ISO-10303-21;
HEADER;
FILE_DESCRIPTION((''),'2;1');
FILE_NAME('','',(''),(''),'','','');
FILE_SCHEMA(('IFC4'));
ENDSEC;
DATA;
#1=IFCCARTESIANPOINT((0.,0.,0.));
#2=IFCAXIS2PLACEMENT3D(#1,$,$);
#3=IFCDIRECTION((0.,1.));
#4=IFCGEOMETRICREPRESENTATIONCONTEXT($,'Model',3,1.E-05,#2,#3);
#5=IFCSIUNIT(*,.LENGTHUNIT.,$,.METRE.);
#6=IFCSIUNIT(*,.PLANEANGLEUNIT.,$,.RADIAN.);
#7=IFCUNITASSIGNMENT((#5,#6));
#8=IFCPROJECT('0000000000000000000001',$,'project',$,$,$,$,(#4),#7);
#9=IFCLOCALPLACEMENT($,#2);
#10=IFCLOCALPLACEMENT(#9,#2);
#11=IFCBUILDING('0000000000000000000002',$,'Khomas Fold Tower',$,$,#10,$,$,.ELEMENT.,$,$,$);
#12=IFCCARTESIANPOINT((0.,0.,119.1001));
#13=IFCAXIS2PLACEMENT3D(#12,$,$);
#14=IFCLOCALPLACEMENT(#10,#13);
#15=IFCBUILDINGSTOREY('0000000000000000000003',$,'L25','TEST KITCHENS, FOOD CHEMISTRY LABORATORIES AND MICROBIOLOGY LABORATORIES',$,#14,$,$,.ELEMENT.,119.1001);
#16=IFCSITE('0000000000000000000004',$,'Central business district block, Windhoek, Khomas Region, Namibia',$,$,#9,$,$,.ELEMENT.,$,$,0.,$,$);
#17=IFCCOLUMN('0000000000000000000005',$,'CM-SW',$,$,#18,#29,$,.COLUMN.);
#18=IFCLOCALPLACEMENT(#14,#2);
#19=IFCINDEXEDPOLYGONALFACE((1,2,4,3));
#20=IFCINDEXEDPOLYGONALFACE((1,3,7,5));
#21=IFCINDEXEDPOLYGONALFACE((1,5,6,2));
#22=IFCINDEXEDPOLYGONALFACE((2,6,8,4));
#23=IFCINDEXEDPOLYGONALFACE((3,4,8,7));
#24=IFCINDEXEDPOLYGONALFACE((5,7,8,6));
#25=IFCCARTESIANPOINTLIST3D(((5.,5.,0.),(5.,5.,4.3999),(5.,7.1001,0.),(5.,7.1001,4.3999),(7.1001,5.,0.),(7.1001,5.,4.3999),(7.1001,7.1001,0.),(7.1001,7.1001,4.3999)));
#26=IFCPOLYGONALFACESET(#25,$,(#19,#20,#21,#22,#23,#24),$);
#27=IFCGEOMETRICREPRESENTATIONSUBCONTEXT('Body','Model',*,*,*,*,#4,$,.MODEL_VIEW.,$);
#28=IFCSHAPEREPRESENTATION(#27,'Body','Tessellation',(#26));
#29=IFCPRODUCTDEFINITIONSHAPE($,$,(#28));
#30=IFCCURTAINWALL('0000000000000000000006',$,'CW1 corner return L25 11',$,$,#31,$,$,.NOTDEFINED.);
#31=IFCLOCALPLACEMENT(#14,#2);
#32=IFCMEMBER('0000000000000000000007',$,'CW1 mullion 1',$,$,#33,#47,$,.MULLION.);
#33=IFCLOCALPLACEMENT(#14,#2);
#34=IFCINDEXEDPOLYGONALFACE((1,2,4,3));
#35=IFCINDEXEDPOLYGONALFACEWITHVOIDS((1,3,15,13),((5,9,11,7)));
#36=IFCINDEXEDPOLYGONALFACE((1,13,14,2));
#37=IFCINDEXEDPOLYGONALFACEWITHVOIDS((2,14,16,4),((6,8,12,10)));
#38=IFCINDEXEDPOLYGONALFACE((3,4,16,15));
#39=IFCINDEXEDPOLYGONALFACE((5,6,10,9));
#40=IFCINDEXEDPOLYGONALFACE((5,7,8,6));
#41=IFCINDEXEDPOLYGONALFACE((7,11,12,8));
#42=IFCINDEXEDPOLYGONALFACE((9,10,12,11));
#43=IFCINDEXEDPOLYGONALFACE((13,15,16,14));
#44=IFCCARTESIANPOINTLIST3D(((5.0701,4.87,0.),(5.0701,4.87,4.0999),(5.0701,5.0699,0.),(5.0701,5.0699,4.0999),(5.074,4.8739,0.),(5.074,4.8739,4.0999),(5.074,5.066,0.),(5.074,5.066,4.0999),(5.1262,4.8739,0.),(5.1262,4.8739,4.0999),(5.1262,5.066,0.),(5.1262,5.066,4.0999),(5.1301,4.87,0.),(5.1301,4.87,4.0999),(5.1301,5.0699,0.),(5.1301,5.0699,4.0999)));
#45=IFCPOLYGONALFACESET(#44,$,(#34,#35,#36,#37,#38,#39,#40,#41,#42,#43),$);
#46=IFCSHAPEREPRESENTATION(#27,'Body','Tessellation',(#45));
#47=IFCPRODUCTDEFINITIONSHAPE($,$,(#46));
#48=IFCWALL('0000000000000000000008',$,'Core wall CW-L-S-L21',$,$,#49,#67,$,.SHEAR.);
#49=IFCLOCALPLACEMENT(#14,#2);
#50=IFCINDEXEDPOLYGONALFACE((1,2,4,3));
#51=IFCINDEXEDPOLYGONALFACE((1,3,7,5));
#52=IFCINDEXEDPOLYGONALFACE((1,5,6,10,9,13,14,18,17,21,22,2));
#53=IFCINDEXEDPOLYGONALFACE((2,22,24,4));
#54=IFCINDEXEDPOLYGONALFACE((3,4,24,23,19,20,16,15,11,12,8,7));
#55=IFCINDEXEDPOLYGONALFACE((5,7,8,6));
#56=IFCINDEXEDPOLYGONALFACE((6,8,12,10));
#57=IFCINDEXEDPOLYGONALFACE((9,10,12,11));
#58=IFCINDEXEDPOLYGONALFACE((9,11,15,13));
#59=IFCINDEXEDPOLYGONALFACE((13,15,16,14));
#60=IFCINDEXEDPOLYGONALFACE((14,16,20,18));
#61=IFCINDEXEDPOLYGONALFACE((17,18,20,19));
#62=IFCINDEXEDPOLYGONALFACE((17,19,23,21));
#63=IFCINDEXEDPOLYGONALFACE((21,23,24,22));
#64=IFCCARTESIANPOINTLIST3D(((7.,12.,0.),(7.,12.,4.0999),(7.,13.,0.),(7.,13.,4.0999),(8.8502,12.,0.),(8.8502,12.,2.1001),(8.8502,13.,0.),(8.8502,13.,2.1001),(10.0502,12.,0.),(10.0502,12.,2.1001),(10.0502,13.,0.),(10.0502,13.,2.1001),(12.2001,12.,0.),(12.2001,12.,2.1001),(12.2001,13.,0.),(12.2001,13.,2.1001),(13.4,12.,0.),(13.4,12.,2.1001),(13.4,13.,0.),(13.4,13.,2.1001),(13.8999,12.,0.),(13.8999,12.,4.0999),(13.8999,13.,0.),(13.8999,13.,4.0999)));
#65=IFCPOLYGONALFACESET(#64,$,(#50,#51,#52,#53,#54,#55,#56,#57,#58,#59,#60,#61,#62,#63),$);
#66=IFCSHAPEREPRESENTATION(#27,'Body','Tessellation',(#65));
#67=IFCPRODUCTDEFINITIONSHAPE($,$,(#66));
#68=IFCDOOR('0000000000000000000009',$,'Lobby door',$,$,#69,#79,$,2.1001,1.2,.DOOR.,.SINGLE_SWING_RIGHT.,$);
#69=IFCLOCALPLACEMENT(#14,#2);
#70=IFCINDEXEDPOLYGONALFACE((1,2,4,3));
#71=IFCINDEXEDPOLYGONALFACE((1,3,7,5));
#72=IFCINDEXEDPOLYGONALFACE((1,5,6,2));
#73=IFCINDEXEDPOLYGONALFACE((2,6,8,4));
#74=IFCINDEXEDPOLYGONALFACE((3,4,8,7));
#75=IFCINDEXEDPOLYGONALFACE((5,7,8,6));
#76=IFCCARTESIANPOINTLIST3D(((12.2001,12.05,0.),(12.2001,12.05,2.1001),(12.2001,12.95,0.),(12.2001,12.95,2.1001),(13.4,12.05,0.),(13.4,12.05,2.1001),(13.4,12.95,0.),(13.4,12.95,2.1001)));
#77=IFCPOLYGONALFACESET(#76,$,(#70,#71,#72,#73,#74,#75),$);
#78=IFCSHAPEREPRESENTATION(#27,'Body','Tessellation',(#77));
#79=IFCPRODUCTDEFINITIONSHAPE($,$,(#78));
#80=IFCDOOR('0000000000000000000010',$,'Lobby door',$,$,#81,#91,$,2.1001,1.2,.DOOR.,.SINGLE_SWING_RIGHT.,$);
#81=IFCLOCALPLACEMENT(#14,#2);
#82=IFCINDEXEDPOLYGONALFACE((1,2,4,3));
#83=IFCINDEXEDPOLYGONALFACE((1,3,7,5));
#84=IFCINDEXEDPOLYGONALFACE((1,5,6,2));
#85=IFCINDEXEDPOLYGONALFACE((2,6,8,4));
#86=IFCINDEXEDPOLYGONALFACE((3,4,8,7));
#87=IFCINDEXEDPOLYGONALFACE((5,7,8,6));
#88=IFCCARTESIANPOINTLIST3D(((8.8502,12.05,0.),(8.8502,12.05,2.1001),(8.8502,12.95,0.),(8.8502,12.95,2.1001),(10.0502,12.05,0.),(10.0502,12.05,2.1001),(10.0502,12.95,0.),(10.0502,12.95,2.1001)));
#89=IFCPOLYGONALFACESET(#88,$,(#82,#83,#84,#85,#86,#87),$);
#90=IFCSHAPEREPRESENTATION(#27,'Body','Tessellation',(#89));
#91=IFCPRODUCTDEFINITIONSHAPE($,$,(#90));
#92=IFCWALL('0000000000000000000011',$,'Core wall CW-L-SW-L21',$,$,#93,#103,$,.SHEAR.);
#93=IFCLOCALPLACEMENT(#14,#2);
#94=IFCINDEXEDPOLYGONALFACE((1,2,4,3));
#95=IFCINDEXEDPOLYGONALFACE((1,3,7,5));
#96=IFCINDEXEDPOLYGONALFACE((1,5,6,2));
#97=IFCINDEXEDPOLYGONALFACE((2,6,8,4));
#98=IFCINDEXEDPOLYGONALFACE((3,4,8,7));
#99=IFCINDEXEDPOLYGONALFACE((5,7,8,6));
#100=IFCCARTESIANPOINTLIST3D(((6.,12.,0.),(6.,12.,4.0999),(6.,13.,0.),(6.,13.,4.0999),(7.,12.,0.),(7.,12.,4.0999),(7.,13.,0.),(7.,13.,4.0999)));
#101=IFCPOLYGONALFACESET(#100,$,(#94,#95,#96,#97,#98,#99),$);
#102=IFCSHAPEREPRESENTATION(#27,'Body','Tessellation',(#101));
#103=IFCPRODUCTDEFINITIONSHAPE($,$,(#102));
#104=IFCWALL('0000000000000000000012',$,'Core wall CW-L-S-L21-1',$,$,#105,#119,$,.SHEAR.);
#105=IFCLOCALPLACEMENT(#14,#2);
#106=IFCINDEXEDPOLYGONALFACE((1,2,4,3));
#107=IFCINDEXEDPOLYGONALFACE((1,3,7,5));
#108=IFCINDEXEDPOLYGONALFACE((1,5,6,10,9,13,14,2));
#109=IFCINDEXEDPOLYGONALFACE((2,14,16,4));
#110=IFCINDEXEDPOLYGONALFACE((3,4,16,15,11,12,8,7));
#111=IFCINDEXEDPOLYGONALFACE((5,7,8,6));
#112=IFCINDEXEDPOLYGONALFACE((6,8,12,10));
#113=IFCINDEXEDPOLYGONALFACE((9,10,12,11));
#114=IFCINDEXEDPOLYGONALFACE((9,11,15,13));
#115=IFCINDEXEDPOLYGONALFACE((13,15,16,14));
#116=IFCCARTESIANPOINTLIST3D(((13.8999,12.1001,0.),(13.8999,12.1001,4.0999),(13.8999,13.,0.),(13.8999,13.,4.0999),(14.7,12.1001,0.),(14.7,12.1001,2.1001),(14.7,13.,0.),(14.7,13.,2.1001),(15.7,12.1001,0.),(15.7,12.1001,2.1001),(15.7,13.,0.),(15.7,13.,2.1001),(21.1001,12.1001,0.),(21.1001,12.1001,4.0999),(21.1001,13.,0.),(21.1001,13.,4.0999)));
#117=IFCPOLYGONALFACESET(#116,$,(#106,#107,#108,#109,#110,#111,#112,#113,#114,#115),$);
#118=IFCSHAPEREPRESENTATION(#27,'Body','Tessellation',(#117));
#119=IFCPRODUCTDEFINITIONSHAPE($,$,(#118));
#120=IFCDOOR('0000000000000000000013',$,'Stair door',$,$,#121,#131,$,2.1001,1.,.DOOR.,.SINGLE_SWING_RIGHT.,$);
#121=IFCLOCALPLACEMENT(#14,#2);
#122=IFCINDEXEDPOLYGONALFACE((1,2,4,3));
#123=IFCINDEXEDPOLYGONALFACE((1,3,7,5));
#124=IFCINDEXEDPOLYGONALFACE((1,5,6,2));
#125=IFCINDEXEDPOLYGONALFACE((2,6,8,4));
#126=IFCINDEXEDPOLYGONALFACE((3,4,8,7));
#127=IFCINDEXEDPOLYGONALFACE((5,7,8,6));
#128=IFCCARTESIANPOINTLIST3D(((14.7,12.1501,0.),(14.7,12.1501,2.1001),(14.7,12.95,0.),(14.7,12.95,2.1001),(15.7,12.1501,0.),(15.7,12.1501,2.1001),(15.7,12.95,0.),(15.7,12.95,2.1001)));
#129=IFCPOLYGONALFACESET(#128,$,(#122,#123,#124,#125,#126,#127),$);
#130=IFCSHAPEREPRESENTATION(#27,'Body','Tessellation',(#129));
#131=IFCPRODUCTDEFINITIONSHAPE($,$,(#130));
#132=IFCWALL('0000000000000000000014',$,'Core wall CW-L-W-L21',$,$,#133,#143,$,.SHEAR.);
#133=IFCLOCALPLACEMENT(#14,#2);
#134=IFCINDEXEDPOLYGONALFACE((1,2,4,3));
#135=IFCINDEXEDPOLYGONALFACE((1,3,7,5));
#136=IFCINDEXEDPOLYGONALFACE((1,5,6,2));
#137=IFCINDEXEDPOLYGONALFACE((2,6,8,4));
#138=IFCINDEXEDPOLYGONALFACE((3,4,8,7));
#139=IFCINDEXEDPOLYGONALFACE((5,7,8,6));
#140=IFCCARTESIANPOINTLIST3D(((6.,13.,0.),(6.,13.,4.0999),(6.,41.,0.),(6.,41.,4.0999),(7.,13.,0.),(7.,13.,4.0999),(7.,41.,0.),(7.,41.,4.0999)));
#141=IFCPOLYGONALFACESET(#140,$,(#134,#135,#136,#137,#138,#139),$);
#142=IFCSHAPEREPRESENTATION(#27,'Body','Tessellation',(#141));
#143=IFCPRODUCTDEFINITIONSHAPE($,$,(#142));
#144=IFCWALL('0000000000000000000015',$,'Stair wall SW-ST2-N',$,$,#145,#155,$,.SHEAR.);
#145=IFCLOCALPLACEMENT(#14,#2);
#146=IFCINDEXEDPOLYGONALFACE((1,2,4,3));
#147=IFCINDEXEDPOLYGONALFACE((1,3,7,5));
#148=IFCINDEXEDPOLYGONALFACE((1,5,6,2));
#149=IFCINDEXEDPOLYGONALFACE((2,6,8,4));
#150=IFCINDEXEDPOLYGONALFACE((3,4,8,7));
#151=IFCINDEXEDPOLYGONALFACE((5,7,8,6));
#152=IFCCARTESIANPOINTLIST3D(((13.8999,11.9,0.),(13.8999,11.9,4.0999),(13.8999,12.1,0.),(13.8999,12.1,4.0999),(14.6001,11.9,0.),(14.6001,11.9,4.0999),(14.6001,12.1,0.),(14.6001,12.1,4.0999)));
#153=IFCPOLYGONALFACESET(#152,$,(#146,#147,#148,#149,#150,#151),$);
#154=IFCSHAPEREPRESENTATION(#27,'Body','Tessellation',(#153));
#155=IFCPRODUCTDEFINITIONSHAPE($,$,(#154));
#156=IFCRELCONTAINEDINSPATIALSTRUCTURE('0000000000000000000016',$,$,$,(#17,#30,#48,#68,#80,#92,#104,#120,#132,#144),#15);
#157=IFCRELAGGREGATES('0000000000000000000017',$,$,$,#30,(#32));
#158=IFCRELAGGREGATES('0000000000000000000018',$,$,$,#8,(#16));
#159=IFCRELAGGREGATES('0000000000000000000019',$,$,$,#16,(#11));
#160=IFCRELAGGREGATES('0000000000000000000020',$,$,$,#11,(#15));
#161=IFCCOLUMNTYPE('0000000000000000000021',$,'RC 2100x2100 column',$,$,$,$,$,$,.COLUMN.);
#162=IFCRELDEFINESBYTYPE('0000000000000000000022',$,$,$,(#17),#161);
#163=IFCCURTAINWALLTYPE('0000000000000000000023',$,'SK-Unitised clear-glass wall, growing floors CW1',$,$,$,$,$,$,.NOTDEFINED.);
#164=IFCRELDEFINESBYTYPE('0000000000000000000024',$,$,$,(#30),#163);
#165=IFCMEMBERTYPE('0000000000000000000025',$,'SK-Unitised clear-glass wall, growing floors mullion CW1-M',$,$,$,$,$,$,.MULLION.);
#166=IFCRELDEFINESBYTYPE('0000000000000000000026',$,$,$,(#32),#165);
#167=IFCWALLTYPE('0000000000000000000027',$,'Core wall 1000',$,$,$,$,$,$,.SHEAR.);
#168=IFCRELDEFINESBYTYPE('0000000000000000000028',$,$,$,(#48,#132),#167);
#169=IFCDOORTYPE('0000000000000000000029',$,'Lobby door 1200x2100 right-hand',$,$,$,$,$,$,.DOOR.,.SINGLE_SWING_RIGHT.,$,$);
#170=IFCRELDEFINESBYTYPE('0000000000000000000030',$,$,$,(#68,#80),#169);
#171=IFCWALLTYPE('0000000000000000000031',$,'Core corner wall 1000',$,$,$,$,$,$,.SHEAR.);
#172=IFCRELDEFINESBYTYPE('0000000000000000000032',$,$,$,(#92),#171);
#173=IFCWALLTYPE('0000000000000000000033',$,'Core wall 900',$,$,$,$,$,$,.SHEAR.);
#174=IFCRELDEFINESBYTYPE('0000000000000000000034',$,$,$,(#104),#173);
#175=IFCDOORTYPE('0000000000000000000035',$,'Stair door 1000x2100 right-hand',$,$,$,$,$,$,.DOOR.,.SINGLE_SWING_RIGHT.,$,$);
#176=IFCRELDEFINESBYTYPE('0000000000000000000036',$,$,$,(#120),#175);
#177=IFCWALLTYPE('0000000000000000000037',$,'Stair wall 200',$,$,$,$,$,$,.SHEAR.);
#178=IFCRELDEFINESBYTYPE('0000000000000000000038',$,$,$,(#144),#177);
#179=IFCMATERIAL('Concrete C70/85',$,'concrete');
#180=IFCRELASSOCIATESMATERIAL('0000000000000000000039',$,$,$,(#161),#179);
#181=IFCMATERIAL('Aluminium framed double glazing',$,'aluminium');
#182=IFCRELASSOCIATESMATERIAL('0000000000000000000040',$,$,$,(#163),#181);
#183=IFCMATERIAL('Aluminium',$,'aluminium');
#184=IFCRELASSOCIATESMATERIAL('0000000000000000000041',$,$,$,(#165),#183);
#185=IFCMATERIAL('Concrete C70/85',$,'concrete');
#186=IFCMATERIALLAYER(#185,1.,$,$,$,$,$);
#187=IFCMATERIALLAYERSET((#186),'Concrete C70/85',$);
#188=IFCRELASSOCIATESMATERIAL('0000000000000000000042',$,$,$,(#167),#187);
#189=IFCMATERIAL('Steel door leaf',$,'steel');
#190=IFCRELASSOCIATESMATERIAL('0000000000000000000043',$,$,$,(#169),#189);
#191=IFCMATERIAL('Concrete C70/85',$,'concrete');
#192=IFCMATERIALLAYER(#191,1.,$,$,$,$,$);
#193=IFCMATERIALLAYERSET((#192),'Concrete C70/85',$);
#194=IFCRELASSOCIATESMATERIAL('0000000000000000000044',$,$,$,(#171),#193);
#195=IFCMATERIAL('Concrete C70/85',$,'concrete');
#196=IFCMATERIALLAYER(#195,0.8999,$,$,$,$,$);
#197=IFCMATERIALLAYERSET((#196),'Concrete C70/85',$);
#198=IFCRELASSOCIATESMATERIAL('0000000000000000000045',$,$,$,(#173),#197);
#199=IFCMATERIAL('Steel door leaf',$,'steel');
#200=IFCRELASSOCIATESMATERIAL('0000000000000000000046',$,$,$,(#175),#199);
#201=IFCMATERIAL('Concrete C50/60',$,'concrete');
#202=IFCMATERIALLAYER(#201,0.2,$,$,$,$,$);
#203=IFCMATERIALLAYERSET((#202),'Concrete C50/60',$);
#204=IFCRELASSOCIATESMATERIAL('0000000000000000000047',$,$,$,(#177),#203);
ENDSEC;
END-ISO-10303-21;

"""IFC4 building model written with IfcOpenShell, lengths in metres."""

from ifc_helpers import new_model, si_unit, direction, frame, frame_2d, origin, origin_2d, place, context, subcontext, project, spatial, rectangle, hollow_rectangle, extrude, source, transform, mapped, material, layer, layer_set, material_profile, profile_set, type_object, element, fill, aggregate, save


model = new_model("IFC4")

# Units and contexts
model_context = context("Model", 3, precision=1e-05, world=origin(), true_north=direction((0.0, 1.0)))
body_context = subcontext(model_context, "Body", "Model", "MODEL_VIEW")
ifc_project = project(units=[si_unit("LENGTHUNIT", "METRE"), si_unit("PLANEANGLEUNIT", "RADIAN")], contexts=[model_context])

# Site, building, storey
site_placement = place(None, origin())
site = spatial("IfcSite", under=ifc_project, at=site_placement, Name="Central business district block, Windhoek, Khomas Region, Namibia", CompositionType="ELEMENT", RefElevation=0.0)
building_placement = place(site_placement, origin())
building = spatial("IfcBuilding", under=site, at=building_placement, Name="Khomas Fold Tower", CompositionType="ELEMENT")
storey_placement = place(building_placement, frame((0.0, 0.0, 119.1001)))
storey = spatial("IfcBuildingStorey", under=building, at=storey_placement, Name="L25", Description="TEST KITCHENS, FOOD CHEMISTRY LABORATORIES AND MICROBIOLOGY LABORATORIES", CompositionType="ELEMENT", Elevation=119.1001)

# Column
ifc_material_1 = material(Name="Concrete C70/85", Category="concrete")
ifc_material_profile_1 = material_profile(ifc_material_1, rectangle(XDim=2.1001, YDim=2.1001, at=origin_2d()), Name="RC 2100x2100")
ifc_profile_set_1 = profile_set([ifc_material_profile_1], Name="Concrete C70/85")
column_type = type_object("IfcColumnType", Name="RC 2100x2100 column", PredefinedType="COLUMN", material=ifc_profile_set_1)
shared_shape_1 = source(origin(), body_context, "Body", "SweptSolid", [
    extrude(rectangle(XDim=2.1001, YDim=2.1001, at=origin_2d()), origin(), (0.0, 0.0, 1.0), 4.3999),
])
column_placement = place(storey_placement, frame((6.05, 6.05, 0.0), z_axis=(0.0, 0.0, 1.0), x_axis=(1.0, 0.0, 0.0)))
element("IfcColumn", 1, at=column_placement, inside=storey, type_object=column_type, Name="CM-SW", PredefinedType="COLUMN", context=body_context, shape_type="MappedRepresentation", body=[
    mapped(shared_shape_1, transform((0.0, 0.0, 0.0))),
])

# Curtain wall, member
ifc_material_2 = material(Name="Aluminium framed double glazing", Category="aluminium")
curtain_wall_type = type_object("IfcCurtainWallType", Name="SK-Unitised clear-glass wall, growing floors CW1", PredefinedType="NOTDEFINED", material=ifc_material_2)
curtain_wall_placement = place(storey_placement, origin())
curtain_wall = element("IfcCurtainWall", 2, at=curtain_wall_placement, inside=storey, type_object=curtain_wall_type, Name="CW1 corner return L25 11", PredefinedType="NOTDEFINED")
ifc_material_3 = material(Name="Aluminium", Category="aluminium")
ifc_material_profile_2 = material_profile(ifc_material_3, hollow_rectangle(XDim=0.0601, YDim=0.2, WallThickness=0.0039, at=origin_2d()), Name="SK-Unitised clear-glass wall, growing floors mullion CW1-M")
ifc_profile_set_2 = profile_set([ifc_material_profile_2], Name="Aluminium")
member_type = type_object("IfcMemberType", Name="SK-Unitised clear-glass wall, growing floors mullion CW1-M", PredefinedType="MULLION", material=ifc_profile_set_2)
shared_shape_2 = source(origin(), body_context, "Body", "SweptSolid", [
    extrude(hollow_rectangle(XDim=0.0601, YDim=0.2, WallThickness=0.0039, at=origin_2d()), origin(), (0.0, 0.0, 1.0), 4.0999),
])
member_placement = place(storey_placement, frame((5.1001, 4.97, 0.0), z_axis=(0.0, 0.0, 1.0), x_axis=(1.0, 0.0, 0.0)))
member = element("IfcMember", 3, at=member_placement, type_object=member_type, Name="CW1 mullion 1", PredefinedType="MULLION", context=body_context, shape_type="MappedRepresentation", body=[
    mapped(shared_shape_2, transform((0.0, 0.0, 0.0))),
])
aggregate(curtain_wall, [member])

# Wall, openings, doors
ifc_material_4 = material(Name="Concrete C70/85", Category="concrete")
ifc_layer_1 = layer(ifc_material_4, 1.0)
ifc_layer_set_1 = layer_set([ifc_layer_1], Name="Concrete C70/85")
wall_type_1 = type_object("IfcWallType", Name="Core wall 1000", PredefinedType="SHEAR", material=ifc_layer_set_1)
shared_shape_3 = source(origin(), body_context, "Body", "SweptSolid", [
    extrude(rectangle(XDim=6.8999, YDim=1.0, at=frame_2d((3.45, 0.0))), origin(), (0.0, 0.0, 1.0), 4.0999),
])
wall_1_placement = place(storey_placement, frame((7.0, 12.5, 0.0), z_axis=(0.0, 0.0, 1.0), x_axis=(1.0, 0.0, 0.0)))
wall_1 = element("IfcWall", 4, at=wall_1_placement, inside=storey, type_object=wall_type_1, Name="Core wall CW-L-S-L21", PredefinedType="SHEAR", context=body_context, shape_type="MappedRepresentation", body=[
    mapped(shared_shape_3, transform((0.0, 0.0, 0.0))),
])
shared_shape_4 = source(origin(), body_context, "Body", "SweptSolid", [
    extrude(rectangle(XDim=1.2, YDim=2.1001, at=frame_2d((0.6001, 1.05))), frame((0.0, 0.51, 0.0), z_axis=(0.0, -1.0, 0.0), x_axis=(1.0, 0.0, 0.0)), (0.0, 0.0, 1.0), 1.02),
])
opening_1_placement = place(wall_1_placement, frame((5.2, 0.0, 0.0)))
opening_1 = element("IfcOpeningElement", 5, at=opening_1_placement, cuts=wall_1, PredefinedType="OPENING", context=body_context, shape_type="MappedRepresentation", body=[
    mapped(shared_shape_4, transform((0.0, 0.0, 0.0))),
])
opening_2_placement = place(wall_1_placement, frame((1.8501, 0.0, 0.0)))
opening_2 = element("IfcOpeningElement", 6, at=opening_2_placement, cuts=wall_1, PredefinedType="OPENING", context=body_context, shape_type="MappedRepresentation", body=[
    mapped(shared_shape_4, transform((0.0, 0.0, 0.0))),
])
ifc_material_5 = material(Name="Steel door leaf", Category="steel")
door_type_1 = type_object("IfcDoorType", Name="Lobby door 1200x2100 right-hand", OperationType="SINGLE_SWING_RIGHT", PredefinedType="DOOR", material=ifc_material_5)
shared_shape_5 = source(origin(), body_context, "Body", "SweptSolid", [
    extrude(rectangle(XDim=1.2, YDim=2.1001, at=frame_2d((0.6001, 1.05))), frame((0.0, 0.45, 0.0), z_axis=(0.0, -1.0, 0.0), x_axis=(1.0, 0.0, 0.0)), (0.0, 0.0, 1.0), 0.8999),
])
door_1_placement = place(opening_1_placement, origin())
door_1 = element("IfcDoor", 7, at=door_1_placement, inside=storey, type_object=door_type_1, Name="Lobby door", OperationType="SINGLE_SWING_RIGHT", OverallHeight=2.1001, OverallWidth=1.2, PredefinedType="DOOR", context=body_context, shape_type="MappedRepresentation", body=[
    mapped(shared_shape_5, transform((0.0, 0.0, 0.0))),
])
fill(opening_1, door_1)
door_2_placement = place(opening_2_placement, origin())
door_2 = element("IfcDoor", 8, at=door_2_placement, inside=storey, type_object=door_type_1, Name="Lobby door", OperationType="SINGLE_SWING_RIGHT", OverallHeight=2.1001, OverallWidth=1.2, PredefinedType="DOOR", context=body_context, shape_type="MappedRepresentation", body=[
    mapped(shared_shape_5, transform((0.0, 0.0, 0.0))),
])
fill(opening_2, door_2)

# Wall
ifc_material_6 = material(Name="Concrete C70/85", Category="concrete")
ifc_layer_2 = layer(ifc_material_6, 1.0)
ifc_layer_set_2 = layer_set([ifc_layer_2], Name="Concrete C70/85")
wall_type_2 = type_object("IfcWallType", Name="Core corner wall 1000", PredefinedType="SHEAR", material=ifc_layer_set_2)
shared_shape_6 = source(origin(), body_context, "Body", "SweptSolid", [
    extrude(rectangle(XDim=1.0, YDim=1.0, at=frame_2d((0.5, 0.0))), origin(), (0.0, 0.0, 1.0), 4.0999),
])
wall_2_placement = place(storey_placement, frame((6.0, 12.5, 0.0), z_axis=(0.0, 0.0, 1.0), x_axis=(1.0, 0.0, 0.0)))
element("IfcWall", 9, at=wall_2_placement, inside=storey, type_object=wall_type_2, Name="Core wall CW-L-SW-L21", PredefinedType="SHEAR", context=body_context, shape_type="MappedRepresentation", body=[
    mapped(shared_shape_6, transform((0.0, 0.0, 0.0))),
])

# Wall, opening, door
ifc_material_7 = material(Name="Concrete C70/85", Category="concrete")
ifc_layer_3 = layer(ifc_material_7, 0.8999)
ifc_layer_set_3 = layer_set([ifc_layer_3], Name="Concrete C70/85")
wall_type_3 = type_object("IfcWallType", Name="Core wall 900", PredefinedType="SHEAR", material=ifc_layer_set_3)
shared_shape_7 = source(origin(), body_context, "Body", "SweptSolid", [
    extrude(rectangle(XDim=7.2002, YDim=0.8999, at=frame_2d((3.6001, 0.0))), origin(), (0.0, 0.0, 1.0), 4.0999),
])
wall_3_placement = place(storey_placement, frame((13.8999, 12.55, 0.0), z_axis=(0.0, 0.0, 1.0), x_axis=(1.0, 0.0, 0.0)))
wall_3 = element("IfcWall", 10, at=wall_3_placement, inside=storey, type_object=wall_type_3, Name="Core wall CW-L-S-L21-1", PredefinedType="SHEAR", context=body_context, shape_type="MappedRepresentation", body=[
    mapped(shared_shape_7, transform((0.0, 0.0, 0.0))),
])
shared_shape_8 = source(origin(), body_context, "Body", "SweptSolid", [
    extrude(rectangle(XDim=1.0, YDim=2.1001, at=frame_2d((0.5, 1.05))), frame((0.0, 0.46, 0.0), z_axis=(0.0, -1.0, 0.0), x_axis=(1.0, 0.0, 0.0)), (0.0, 0.0, 1.0), 0.9199),
])
opening_3_placement = place(wall_3_placement, frame((0.8, 0.0, 0.0)))
opening_3 = element("IfcOpeningElement", 11, at=opening_3_placement, cuts=wall_3, PredefinedType="OPENING", context=body_context, shape_type="MappedRepresentation", body=[
    mapped(shared_shape_8, transform((0.0, 0.0, 0.0))),
])
ifc_material_8 = material(Name="Steel door leaf", Category="steel")
door_type_2 = type_object("IfcDoorType", Name="Stair door 1000x2100 right-hand", OperationType="SINGLE_SWING_RIGHT", PredefinedType="DOOR", material=ifc_material_8)
shared_shape_9 = source(origin(), body_context, "Body", "SweptSolid", [
    extrude(rectangle(XDim=1.0, YDim=2.1001, at=frame_2d((0.5, 1.05))), frame((0.0, 0.3999, 0.0), z_axis=(0.0, -1.0, 0.0), x_axis=(1.0, 0.0, 0.0)), (0.0, 0.0, 1.0), 0.7998),
])
door_3_placement = place(opening_3_placement, origin())
door_3 = element("IfcDoor", 12, at=door_3_placement, inside=storey, type_object=door_type_2, Name="Stair door", OperationType="SINGLE_SWING_RIGHT", OverallHeight=2.1001, OverallWidth=1.0, PredefinedType="DOOR", context=body_context, shape_type="MappedRepresentation", body=[
    mapped(shared_shape_9, transform((0.0, 0.0, 0.0))),
])
fill(opening_3, door_3)

# Walls
shared_shape_10 = source(origin(), body_context, "Body", "SweptSolid", [
    extrude(rectangle(XDim=28.0, YDim=1.0, at=frame_2d((14.0, 0.0))), origin(), (0.0, 0.0, 1.0), 4.0999),
])
wall_4_placement = place(storey_placement, frame((6.5, 13.0, 0.0), z_axis=(0.0, 0.0, 1.0), x_axis=(0.0, 1.0, 0.0)))
element("IfcWall", 13, at=wall_4_placement, inside=storey, type_object=wall_type_1, Name="Core wall CW-L-W-L21", PredefinedType="SHEAR", context=body_context, shape_type="MappedRepresentation", body=[
    mapped(shared_shape_10, transform((0.0, 0.0, 0.0))),
])
ifc_material_9 = material(Name="Concrete C50/60", Category="concrete")
ifc_layer_4 = layer(ifc_material_9, 0.2)
ifc_layer_set_4 = layer_set([ifc_layer_4], Name="Concrete C50/60")
wall_type_4 = type_object("IfcWallType", Name="Stair wall 200", PredefinedType="SHEAR", material=ifc_layer_set_4)
shared_shape_11 = source(origin(), body_context, "Body", "SweptSolid", [
    extrude(rectangle(XDim=0.7002, YDim=0.2, at=frame_2d((0.3501, 0.0))), origin(), (0.0, 0.0, 1.0), 4.0999),
])
wall_5_placement = place(storey_placement, frame((13.8999, 12.0, 0.0), z_axis=(0.0, 0.0, 1.0), x_axis=(1.0, 0.0, 0.0)))
element("IfcWall", 14, at=wall_5_placement, inside=storey, type_object=wall_type_4, Name="Stair wall SW-ST2-N", PredefinedType="SHEAR", context=body_context, shape_type="MappedRepresentation", body=[
    mapped(shared_shape_11, transform((0.0, 0.0, 0.0))),
])

save(model, "model.ifc")
